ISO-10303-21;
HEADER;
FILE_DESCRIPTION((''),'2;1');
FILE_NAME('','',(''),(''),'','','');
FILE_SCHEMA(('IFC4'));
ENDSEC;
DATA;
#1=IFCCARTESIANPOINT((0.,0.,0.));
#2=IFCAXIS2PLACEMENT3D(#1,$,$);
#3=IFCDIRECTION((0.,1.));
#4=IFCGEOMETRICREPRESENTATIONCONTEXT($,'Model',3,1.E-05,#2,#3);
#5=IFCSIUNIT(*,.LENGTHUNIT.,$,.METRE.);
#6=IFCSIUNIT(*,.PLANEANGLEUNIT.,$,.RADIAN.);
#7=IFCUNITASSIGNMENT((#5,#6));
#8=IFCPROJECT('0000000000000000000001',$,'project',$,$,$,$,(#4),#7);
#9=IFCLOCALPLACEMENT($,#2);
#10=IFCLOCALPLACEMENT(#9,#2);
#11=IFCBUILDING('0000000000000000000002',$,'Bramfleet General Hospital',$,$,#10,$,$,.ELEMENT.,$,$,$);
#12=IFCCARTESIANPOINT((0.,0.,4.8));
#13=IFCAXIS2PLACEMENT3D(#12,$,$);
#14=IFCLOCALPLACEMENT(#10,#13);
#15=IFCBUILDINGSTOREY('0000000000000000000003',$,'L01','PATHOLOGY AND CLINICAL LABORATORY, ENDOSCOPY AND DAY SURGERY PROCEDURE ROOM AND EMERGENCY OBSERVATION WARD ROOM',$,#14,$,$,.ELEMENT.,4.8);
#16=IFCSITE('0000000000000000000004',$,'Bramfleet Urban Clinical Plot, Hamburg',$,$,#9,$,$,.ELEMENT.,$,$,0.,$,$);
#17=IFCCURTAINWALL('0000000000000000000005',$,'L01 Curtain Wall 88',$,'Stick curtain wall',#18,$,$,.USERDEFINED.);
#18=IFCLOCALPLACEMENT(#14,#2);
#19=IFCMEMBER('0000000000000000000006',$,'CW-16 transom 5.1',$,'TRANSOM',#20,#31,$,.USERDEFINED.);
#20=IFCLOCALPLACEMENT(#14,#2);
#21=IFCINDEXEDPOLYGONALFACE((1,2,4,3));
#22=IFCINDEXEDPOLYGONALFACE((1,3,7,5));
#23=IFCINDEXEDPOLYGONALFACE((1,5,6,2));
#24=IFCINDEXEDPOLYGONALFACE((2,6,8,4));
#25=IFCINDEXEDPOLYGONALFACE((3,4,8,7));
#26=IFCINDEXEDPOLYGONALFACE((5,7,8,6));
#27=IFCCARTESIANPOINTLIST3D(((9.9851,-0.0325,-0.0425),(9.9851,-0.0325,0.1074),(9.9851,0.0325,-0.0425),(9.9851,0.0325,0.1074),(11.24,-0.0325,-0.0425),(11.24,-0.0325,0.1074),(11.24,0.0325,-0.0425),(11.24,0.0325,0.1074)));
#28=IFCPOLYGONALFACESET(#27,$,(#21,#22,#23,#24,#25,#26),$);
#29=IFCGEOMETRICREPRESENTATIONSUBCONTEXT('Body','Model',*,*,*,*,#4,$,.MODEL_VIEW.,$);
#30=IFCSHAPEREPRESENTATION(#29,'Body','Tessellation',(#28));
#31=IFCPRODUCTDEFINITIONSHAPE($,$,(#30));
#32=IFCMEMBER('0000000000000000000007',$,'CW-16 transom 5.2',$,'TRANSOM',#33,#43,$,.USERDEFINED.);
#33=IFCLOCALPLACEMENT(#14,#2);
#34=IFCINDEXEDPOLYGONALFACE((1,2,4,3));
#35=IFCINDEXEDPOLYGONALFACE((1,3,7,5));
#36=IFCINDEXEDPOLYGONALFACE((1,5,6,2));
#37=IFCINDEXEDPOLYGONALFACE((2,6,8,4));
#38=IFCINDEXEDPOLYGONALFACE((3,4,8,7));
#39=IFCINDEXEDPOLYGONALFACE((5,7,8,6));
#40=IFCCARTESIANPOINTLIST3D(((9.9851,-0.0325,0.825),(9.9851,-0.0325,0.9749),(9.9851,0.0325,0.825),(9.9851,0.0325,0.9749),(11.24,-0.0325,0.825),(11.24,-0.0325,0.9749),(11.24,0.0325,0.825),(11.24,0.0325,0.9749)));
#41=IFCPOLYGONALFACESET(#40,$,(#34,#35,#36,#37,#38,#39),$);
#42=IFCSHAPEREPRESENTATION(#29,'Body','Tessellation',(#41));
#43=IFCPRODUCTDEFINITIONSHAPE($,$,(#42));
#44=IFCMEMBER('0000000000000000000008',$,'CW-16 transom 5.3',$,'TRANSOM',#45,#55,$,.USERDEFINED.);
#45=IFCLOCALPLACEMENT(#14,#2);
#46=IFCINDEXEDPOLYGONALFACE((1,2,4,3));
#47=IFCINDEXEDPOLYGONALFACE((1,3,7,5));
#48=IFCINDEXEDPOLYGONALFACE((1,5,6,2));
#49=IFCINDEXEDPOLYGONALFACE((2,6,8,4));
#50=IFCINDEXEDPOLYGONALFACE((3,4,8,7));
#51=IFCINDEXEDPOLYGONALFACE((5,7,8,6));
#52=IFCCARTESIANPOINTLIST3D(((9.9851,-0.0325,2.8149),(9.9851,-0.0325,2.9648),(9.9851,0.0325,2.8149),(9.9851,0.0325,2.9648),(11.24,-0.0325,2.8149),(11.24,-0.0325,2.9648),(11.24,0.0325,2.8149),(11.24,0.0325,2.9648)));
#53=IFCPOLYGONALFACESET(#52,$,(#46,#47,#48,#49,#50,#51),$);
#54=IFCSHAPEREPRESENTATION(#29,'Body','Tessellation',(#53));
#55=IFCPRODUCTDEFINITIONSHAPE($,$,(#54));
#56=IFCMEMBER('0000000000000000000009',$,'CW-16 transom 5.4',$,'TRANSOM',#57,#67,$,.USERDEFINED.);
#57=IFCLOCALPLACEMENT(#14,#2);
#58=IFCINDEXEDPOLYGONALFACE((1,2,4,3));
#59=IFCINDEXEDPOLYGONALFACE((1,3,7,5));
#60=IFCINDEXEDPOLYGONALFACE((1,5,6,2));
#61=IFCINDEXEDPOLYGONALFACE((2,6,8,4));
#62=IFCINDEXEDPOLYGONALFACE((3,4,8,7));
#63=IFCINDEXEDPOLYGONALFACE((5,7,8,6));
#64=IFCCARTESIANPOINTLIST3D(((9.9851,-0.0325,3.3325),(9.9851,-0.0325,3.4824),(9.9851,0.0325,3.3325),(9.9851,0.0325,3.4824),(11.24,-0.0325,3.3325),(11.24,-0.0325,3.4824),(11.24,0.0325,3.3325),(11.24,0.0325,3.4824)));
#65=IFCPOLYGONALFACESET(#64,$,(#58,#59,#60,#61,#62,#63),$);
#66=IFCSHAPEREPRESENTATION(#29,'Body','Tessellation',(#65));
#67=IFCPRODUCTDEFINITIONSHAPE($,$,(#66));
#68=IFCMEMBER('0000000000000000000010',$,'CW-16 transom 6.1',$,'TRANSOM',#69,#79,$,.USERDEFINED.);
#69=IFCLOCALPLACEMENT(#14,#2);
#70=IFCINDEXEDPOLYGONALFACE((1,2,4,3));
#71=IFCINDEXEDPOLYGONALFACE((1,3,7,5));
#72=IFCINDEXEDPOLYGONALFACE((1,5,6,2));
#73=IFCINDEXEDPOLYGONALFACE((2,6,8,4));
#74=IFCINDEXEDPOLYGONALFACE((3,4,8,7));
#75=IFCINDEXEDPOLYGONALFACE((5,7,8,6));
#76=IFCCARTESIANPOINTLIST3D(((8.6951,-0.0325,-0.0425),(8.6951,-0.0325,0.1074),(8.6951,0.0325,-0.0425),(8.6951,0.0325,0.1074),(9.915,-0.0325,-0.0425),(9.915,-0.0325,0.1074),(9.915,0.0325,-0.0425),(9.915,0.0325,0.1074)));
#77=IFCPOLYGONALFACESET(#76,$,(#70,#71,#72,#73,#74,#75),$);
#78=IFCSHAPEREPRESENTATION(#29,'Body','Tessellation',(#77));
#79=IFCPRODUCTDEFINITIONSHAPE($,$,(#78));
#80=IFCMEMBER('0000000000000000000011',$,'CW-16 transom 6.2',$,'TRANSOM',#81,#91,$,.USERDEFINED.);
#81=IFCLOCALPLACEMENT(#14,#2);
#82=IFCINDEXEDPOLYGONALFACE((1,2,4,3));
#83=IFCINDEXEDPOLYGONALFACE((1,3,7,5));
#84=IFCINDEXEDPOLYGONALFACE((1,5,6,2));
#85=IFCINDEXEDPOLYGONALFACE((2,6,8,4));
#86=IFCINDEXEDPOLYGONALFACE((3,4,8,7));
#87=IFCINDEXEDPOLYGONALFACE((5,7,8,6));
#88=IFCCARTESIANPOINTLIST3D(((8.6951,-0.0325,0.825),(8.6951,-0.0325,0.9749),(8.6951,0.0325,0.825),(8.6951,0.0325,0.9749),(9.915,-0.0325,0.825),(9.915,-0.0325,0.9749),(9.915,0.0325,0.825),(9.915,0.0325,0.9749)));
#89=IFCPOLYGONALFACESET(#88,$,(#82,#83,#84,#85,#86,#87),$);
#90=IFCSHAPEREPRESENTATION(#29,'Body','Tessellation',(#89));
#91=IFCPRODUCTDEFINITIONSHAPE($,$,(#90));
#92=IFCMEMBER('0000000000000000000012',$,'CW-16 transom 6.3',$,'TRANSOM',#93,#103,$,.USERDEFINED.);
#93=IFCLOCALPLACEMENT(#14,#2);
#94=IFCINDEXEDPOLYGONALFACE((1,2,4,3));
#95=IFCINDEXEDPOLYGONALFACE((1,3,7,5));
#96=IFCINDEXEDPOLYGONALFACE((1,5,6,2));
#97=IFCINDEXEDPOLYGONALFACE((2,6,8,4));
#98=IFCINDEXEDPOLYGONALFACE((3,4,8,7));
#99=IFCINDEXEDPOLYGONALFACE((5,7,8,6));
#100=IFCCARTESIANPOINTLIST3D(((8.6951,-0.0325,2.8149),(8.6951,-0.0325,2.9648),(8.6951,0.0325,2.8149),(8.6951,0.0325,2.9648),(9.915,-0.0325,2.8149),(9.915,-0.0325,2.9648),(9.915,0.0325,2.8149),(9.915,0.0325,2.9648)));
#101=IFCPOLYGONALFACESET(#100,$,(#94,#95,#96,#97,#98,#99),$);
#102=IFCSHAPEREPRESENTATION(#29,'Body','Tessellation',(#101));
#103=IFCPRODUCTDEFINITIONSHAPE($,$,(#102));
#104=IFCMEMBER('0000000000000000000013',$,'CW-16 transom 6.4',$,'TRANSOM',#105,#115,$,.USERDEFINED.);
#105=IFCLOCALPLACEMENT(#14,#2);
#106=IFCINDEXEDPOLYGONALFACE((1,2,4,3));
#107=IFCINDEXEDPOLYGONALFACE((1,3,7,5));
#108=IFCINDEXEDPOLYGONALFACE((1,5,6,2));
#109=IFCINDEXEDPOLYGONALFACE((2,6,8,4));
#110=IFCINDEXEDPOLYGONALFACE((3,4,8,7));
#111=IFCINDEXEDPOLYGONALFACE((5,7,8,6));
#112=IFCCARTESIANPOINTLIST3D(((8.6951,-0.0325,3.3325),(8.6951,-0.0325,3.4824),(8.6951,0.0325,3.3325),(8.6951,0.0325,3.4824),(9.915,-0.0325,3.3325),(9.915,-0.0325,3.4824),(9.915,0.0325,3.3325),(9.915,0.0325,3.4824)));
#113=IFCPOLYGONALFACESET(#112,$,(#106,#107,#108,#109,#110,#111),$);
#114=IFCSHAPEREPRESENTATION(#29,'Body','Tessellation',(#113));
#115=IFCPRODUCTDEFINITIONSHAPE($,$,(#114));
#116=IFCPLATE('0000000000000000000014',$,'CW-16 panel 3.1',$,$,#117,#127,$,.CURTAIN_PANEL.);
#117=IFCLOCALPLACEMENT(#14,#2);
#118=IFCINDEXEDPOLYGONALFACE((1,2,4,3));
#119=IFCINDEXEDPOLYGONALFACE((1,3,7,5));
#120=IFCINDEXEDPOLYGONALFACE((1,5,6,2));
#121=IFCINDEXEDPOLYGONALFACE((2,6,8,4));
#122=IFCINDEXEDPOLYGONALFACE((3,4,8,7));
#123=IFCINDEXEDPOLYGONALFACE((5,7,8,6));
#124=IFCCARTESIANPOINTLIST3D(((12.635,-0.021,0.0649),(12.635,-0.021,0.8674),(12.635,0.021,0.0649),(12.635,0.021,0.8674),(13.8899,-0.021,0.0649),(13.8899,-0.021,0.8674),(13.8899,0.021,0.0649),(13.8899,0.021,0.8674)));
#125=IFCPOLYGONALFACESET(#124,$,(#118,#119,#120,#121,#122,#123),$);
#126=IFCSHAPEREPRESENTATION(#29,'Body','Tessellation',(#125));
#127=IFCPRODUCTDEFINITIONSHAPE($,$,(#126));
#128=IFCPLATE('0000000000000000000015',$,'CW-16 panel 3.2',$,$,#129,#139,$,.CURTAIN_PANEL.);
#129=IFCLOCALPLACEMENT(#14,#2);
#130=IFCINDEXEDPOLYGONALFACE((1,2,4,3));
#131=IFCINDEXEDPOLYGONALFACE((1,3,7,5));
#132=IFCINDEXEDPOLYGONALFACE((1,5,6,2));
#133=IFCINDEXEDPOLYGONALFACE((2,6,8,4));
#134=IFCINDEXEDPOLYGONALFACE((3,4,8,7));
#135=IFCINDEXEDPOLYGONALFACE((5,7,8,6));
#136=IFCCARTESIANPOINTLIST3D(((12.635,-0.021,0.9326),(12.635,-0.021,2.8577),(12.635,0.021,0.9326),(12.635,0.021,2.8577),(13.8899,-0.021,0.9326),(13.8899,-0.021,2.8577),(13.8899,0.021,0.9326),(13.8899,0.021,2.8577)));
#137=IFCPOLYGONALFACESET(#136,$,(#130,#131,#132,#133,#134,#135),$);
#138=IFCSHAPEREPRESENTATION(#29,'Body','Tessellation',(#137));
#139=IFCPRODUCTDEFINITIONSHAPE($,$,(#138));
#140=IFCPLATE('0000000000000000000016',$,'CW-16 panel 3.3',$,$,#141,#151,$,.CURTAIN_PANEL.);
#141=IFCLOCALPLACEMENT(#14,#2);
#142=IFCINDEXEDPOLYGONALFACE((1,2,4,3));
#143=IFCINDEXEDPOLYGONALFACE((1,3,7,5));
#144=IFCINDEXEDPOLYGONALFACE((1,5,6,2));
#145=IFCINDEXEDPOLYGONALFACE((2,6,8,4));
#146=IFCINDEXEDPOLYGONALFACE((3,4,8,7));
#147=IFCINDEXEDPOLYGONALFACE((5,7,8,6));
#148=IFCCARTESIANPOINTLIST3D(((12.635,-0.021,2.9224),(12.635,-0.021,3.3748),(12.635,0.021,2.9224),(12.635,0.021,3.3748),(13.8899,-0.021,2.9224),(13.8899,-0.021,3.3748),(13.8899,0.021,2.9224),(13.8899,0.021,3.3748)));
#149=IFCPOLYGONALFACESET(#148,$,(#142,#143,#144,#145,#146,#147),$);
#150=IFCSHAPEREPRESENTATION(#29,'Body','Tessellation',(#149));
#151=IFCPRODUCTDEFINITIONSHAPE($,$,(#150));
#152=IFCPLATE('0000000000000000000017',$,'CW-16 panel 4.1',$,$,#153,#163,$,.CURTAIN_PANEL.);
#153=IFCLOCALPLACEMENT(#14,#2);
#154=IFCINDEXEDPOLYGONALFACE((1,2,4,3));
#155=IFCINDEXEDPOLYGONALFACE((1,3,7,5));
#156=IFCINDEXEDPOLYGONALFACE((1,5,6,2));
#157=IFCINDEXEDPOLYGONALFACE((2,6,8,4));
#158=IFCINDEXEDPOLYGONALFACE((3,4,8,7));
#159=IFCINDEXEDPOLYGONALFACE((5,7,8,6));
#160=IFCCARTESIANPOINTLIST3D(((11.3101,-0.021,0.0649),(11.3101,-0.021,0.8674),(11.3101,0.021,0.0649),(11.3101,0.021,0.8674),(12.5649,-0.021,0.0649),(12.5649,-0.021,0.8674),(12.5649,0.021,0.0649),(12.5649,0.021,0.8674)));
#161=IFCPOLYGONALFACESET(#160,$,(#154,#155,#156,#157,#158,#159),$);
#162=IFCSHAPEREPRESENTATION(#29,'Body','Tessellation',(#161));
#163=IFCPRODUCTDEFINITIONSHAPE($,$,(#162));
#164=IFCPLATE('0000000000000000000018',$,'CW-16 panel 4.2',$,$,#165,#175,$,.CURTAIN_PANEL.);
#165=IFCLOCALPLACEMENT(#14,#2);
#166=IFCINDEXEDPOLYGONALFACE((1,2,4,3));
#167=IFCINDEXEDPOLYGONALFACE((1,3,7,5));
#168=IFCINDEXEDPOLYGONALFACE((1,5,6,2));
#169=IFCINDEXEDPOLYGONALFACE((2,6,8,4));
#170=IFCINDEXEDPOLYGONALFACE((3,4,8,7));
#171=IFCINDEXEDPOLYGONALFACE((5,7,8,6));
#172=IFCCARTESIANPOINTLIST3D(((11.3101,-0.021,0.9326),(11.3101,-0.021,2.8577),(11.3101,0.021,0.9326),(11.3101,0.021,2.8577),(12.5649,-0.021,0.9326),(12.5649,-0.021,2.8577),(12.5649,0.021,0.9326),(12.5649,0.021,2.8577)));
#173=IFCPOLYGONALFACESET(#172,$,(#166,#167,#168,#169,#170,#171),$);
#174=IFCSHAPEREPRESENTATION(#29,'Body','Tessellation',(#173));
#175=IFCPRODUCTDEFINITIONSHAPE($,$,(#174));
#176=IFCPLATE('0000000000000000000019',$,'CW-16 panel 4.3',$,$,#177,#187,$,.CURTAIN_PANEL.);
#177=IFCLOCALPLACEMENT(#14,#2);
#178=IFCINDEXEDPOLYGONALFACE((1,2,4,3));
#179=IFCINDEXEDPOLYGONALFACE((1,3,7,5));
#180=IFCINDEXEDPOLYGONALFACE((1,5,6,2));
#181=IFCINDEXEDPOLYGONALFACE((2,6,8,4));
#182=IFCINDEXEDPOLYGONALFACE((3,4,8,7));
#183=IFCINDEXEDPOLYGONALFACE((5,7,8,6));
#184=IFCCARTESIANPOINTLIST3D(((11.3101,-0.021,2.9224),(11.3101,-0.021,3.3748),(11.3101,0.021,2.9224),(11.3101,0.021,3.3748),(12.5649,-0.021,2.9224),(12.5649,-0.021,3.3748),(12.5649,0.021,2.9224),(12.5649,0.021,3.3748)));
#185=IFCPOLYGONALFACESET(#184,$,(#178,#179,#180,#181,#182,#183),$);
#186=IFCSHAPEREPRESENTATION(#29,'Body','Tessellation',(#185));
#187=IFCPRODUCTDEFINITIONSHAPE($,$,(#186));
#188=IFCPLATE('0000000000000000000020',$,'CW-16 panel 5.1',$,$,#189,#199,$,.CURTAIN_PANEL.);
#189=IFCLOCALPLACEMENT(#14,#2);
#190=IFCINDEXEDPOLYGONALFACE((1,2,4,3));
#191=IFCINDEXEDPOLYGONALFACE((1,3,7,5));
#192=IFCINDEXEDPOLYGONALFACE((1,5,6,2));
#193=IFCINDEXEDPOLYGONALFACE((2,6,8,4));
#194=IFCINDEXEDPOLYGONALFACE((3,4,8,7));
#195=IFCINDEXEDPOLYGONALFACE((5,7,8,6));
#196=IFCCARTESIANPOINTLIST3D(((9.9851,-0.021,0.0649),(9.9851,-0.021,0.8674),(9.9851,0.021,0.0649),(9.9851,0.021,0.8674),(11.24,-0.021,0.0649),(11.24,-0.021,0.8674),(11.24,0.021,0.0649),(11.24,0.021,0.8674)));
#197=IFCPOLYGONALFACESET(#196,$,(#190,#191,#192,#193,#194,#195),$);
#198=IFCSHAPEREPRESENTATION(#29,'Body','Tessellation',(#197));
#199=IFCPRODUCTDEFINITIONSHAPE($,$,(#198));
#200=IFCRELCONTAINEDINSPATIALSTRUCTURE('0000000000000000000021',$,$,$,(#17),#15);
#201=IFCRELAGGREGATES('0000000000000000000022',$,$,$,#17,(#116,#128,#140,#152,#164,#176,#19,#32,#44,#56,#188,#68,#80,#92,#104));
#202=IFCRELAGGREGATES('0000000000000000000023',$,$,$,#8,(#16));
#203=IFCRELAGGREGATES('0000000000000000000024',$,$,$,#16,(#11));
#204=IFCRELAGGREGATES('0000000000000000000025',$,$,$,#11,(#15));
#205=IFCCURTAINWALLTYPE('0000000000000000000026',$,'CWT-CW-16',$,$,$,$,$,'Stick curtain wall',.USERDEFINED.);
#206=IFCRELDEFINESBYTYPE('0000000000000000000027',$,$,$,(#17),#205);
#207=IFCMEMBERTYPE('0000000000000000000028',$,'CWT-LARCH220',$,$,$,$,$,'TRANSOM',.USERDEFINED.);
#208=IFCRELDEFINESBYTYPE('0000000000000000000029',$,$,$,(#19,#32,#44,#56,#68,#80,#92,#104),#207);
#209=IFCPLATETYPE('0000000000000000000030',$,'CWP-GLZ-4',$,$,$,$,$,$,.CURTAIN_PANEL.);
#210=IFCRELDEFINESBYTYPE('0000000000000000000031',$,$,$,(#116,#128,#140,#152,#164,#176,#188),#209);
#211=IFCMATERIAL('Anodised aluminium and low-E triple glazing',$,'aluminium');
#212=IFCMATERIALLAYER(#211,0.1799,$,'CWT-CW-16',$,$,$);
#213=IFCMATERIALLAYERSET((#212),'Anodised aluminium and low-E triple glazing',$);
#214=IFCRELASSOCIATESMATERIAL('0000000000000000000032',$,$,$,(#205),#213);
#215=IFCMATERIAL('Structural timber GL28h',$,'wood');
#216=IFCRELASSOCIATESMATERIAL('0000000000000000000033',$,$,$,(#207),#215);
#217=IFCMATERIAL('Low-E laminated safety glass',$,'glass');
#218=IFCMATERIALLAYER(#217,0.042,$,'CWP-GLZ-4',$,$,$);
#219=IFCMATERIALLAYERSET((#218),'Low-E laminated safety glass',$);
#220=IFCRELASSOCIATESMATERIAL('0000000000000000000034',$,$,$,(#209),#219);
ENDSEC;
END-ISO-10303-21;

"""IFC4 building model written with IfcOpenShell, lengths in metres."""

from ifc_helpers import new_model, si_unit, direction, frame, origin, origin_2d, place, context, subcontext, project, spatial, rectangle, extrude, material, layer, layer_set, material_profile, profile_set, type_object, element, aggregate, save


model = new_model("IFC4")

# Units and contexts
model_context = context("Model", 3, precision=1e-05, world=origin(), true_north=direction((0.0, 1.0)))
body_context = subcontext(model_context, "Body", "Model", "MODEL_VIEW")
ifc_project = project(units=[si_unit("LENGTHUNIT", "METRE"), si_unit("PLANEANGLEUNIT", "RADIAN")], contexts=[model_context])

# Site, building, storey
site_placement = place(None, origin())
site = spatial("IfcSite", under=ifc_project, at=site_placement, Name="Bramfleet Urban Clinical Plot, Hamburg", CompositionType="ELEMENT", RefElevation=0.0)
building_placement = place(site_placement, origin())
building = spatial("IfcBuilding", under=site, at=building_placement, Name="Bramfleet General Hospital", CompositionType="ELEMENT")
storey_placement = place(building_placement, frame((0.0, 0.0, 4.8)))
storey = spatial("IfcBuildingStorey", under=building, at=storey_placement, Name="L01", Description="PATHOLOGY AND CLINICAL LABORATORY, ENDOSCOPY AND DAY SURGERY PROCEDURE ROOM AND EMERGENCY OBSERVATION WARD ROOM", CompositionType="ELEMENT", Elevation=4.8)

# Curtain wall, members, plates
ifc_material_1 = material(Name="Anodised aluminium and low-E triple glazing", Category="aluminium")
ifc_layer_1 = layer(ifc_material_1, 0.1799, Name="CWT-CW-16")
ifc_layer_set_1 = layer_set([ifc_layer_1], Name="Anodised aluminium and low-E triple glazing")
curtain_wall_type = type_object("IfcCurtainWallType", Name="CWT-CW-16", ElementType="Stick curtain wall", PredefinedType="USERDEFINED", material=ifc_layer_set_1)
curtain_wall_placement = place(storey_placement, origin())
curtain_wall = element("IfcCurtainWall", 1, at=curtain_wall_placement, inside=storey, type_object=curtain_wall_type, Name="L01 Curtain Wall 88", ObjectType="Stick curtain wall", PredefinedType="USERDEFINED")
ifc_material_2 = material(Name="Structural timber GL28h", Category="wood")
ifc_material_profile_1 = material_profile(ifc_material_2, rectangle(XDim=0.0649, YDim=0.1499, at=origin_2d()), Name="LARCH 150x65")
ifc_profile_set_1 = profile_set([ifc_material_profile_1], Name="Structural timber GL28h")
member_type_1 = type_object("IfcMemberType", Name="CWT-LARCH220", ElementType="TRANSOM", PredefinedType="USERDEFINED", material=ifc_profile_set_1)
member_1_placement = place(storey_placement, frame((11.24, 0.0, 0.0325), z_axis=(-1.0, 0.0, 0.0), x_axis=(0.0, -1.0, 0.0)))
member_1 = element("IfcMember", 2, at=member_1_placement, type_object=member_type_1, Name="CW-16 transom 5.1", ObjectType="TRANSOM", PredefinedType="USERDEFINED", context=body_context, shape_type="SweptSolid", body=[
    extrude(rectangle(XDim=0.0649, YDim=0.1499, at=origin_2d()), origin(), (0.0, 0.0, 1.0), 1.2549),
])
member_2_placement = place(storey_placement, frame((11.24, 0.0, 0.8999), z_axis=(-1.0, 0.0, 0.0), x_axis=(0.0, -1.0, 0.0)))
member_2 = element("IfcMember", 3, at=member_2_placement, type_object=member_type_1, Name="CW-16 transom 5.2", ObjectType="TRANSOM", PredefinedType="USERDEFINED", context=body_context, shape_type="SweptSolid", body=[
    extrude(rectangle(XDim=0.0649, YDim=0.1499, at=origin_2d()), origin(), (0.0, 0.0, 1.0), 1.2549),
])
member_3_placement = place(storey_placement, frame((11.24, 0.0, 2.8899), z_axis=(-1.0, 0.0, 0.0), x_axis=(0.0, -1.0, 0.0)))
member_3 = element("IfcMember", 4, at=member_3_placement, type_object=member_type_1, Name="CW-16 transom 5.3", ObjectType="TRANSOM", PredefinedType="USERDEFINED", context=body_context, shape_type="SweptSolid", body=[
    extrude(rectangle(XDim=0.0649, YDim=0.1499, at=origin_2d()), origin(), (0.0, 0.0, 1.0), 1.2549),
])
member_4_placement = place(storey_placement, frame((11.24, 0.0, 3.4075), z_axis=(-1.0, 0.0, 0.0), x_axis=(0.0, -1.0, 0.0)))
member_4 = element("IfcMember", 5, at=member_4_placement, type_object=member_type_1, Name="CW-16 transom 5.4", ObjectType="TRANSOM", PredefinedType="USERDEFINED", context=body_context, shape_type="SweptSolid", body=[
    extrude(rectangle(XDim=0.0649, YDim=0.1499, at=origin_2d()), origin(), (0.0, 0.0, 1.0), 1.2549),
])
member_5_placement = place(storey_placement, frame((9.915, 0.0, 0.0325), z_axis=(-1.0, 0.0, 0.0), x_axis=(0.0, -1.0, 0.0)))
member_5 = element("IfcMember", 6, at=member_5_placement, type_object=member_type_1, Name="CW-16 transom 6.1", ObjectType="TRANSOM", PredefinedType="USERDEFINED", context=body_context, shape_type="SweptSolid", body=[
    extrude(rectangle(XDim=0.0649, YDim=0.1499, at=origin_2d()), origin(), (0.0, 0.0, 1.0), 1.22),
])
member_6_placement = place(storey_placement, frame((9.915, 0.0, 0.8999), z_axis=(-1.0, 0.0, 0.0), x_axis=(0.0, -1.0, 0.0)))
member_6 = element("IfcMember", 7, at=member_6_placement, type_object=member_type_1, Name="CW-16 transom 6.2", ObjectType="TRANSOM", PredefinedType="USERDEFINED", context=body_context, shape_type="SweptSolid", body=[
    extrude(rectangle(XDim=0.0649, YDim=0.1499, at=origin_2d()), origin(), (0.0, 0.0, 1.0), 1.22),
])
member_7_placement = place(storey_placement, frame((9.915, 0.0, 2.8899), z_axis=(-1.0, 0.0, 0.0), x_axis=(0.0, -1.0, 0.0)))
member_7 = element("IfcMember", 8, at=member_7_placement, type_object=member_type_1, Name="CW-16 transom 6.3", ObjectType="TRANSOM", PredefinedType="USERDEFINED", context=body_context, shape_type="SweptSolid", body=[
    extrude(rectangle(XDim=0.0649, YDim=0.1499, at=origin_2d()), origin(), (0.0, 0.0, 1.0), 1.22),
])
member_8_placement = place(storey_placement, frame((9.915, 0.0, 3.4075), z_axis=(-1.0, 0.0, 0.0), x_axis=(0.0, -1.0, 0.0)))
member_8 = element("IfcMember", 9, at=member_8_placement, type_object=member_type_1, Name="CW-16 transom 6.4", ObjectType="TRANSOM", PredefinedType="USERDEFINED", context=body_context, shape_type="SweptSolid", body=[
    extrude(rectangle(XDim=0.0649, YDim=0.1499, at=origin_2d()), origin(), (0.0, 0.0, 1.0), 1.22),
])
ifc_material_3 = material(Name="Low-E laminated safety glass", Category="glass")
ifc_layer_2 = layer(ifc_material_3, 0.042, Name="CWP-GLZ-4")
ifc_layer_set_2 = layer_set([ifc_layer_2], Name="Low-E laminated safety glass")
plate_type = type_object("IfcPlateType", Name="CWP-GLZ-4", PredefinedType="CURTAIN_PANEL", material=ifc_layer_set_2)
plate_1_placement = place(storey_placement, frame((13.2625, 0.0, 0.0649), z_axis=(0.0, 0.0, 1.0), x_axis=(-1.0, 0.0, 0.0)))
plate_1 = element("IfcPlate", 10, at=plate_1_placement, type_object=plate_type, Name="CW-16 panel 3.1", PredefinedType="CURTAIN_PANEL", context=body_context, shape_type="SweptSolid", body=[
    extrude(rectangle(XDim=1.2549, YDim=0.042, at=origin_2d()), origin(), (0.0, 0.0, 1.0), 0.8025),
])
plate_2_placement = place(storey_placement, frame((13.2625, 0.0, 0.9326), z_axis=(0.0, 0.0, 1.0), x_axis=(-1.0, 0.0, 0.0)))
plate_2 = element("IfcPlate", 11, at=plate_2_placement, type_object=plate_type, Name="CW-16 panel 3.2", PredefinedType="CURTAIN_PANEL", context=body_context, shape_type="SweptSolid", body=[
    extrude(rectangle(XDim=1.2549, YDim=0.042, at=origin_2d()), origin(), (0.0, 0.0, 1.0), 1.925),
])
plate_3_placement = place(storey_placement, frame((13.2625, 0.0, 2.9224), z_axis=(0.0, 0.0, 1.0), x_axis=(-1.0, 0.0, 0.0)))
plate_3 = element("IfcPlate", 12, at=plate_3_placement, type_object=plate_type, Name="CW-16 panel 3.3", PredefinedType="CURTAIN_PANEL", context=body_context, shape_type="SweptSolid", body=[
    extrude(rectangle(XDim=1.2549, YDim=0.042, at=origin_2d()), origin(), (0.0, 0.0, 1.0), 0.4524),
])
plate_4_placement = place(storey_placement, frame((11.9375, 0.0, 0.0649), z_axis=(0.0, 0.0, 1.0), x_axis=(-1.0, 0.0, 0.0)))
plate_4 = element("IfcPlate", 13, at=plate_4_placement, type_object=plate_type, Name="CW-16 panel 4.1", PredefinedType="CURTAIN_PANEL", context=body_context, shape_type="SweptSolid", body=[
    extrude(rectangle(XDim=1.2549, YDim=0.042, at=origin_2d()), origin(), (0.0, 0.0, 1.0), 0.8025),
])
plate_5_placement = place(storey_placement, frame((11.9375, 0.0, 0.9326), z_axis=(0.0, 0.0, 1.0), x_axis=(-1.0, 0.0, 0.0)))
plate_5 = element("IfcPlate", 14, at=plate_5_placement, type_object=plate_type, Name="CW-16 panel 4.2", PredefinedType="CURTAIN_PANEL", context=body_context, shape_type="SweptSolid", body=[
    extrude(rectangle(XDim=1.2549, YDim=0.042, at=origin_2d()), origin(), (0.0, 0.0, 1.0), 1.925),
])
plate_6_placement = place(storey_placement, frame((11.9375, 0.0, 2.9224), z_axis=(0.0, 0.0, 1.0), x_axis=(-1.0, 0.0, 0.0)))
plate_6 = element("IfcPlate", 15, at=plate_6_placement, type_object=plate_type, Name="CW-16 panel 4.3", PredefinedType="CURTAIN_PANEL", context=body_context, shape_type="SweptSolid", body=[
    extrude(rectangle(XDim=1.2549, YDim=0.042, at=origin_2d()), origin(), (0.0, 0.0, 1.0), 0.4524),
])
plate_7_placement = place(storey_placement, frame((10.6125, 0.0, 0.0649), z_axis=(0.0, 0.0, 1.0), x_axis=(-1.0, 0.0, 0.0)))
plate_7 = element("IfcPlate", 16, at=plate_7_placement, type_object=plate_type, Name="CW-16 panel 5.1", PredefinedType="CURTAIN_PANEL", context=body_context, shape_type="SweptSolid", body=[
    extrude(rectangle(XDim=1.2549, YDim=0.042, at=origin_2d()), origin(), (0.0, 0.0, 1.0), 0.8025),
])
aggregate(curtain_wall, [plate_1, plate_2, plate_3, plate_4, plate_5, plate_6, member_1, member_2, member_3, member_4, plate_7, member_5, member_6, member_7, member_8])

save(model, "model.ifc")
